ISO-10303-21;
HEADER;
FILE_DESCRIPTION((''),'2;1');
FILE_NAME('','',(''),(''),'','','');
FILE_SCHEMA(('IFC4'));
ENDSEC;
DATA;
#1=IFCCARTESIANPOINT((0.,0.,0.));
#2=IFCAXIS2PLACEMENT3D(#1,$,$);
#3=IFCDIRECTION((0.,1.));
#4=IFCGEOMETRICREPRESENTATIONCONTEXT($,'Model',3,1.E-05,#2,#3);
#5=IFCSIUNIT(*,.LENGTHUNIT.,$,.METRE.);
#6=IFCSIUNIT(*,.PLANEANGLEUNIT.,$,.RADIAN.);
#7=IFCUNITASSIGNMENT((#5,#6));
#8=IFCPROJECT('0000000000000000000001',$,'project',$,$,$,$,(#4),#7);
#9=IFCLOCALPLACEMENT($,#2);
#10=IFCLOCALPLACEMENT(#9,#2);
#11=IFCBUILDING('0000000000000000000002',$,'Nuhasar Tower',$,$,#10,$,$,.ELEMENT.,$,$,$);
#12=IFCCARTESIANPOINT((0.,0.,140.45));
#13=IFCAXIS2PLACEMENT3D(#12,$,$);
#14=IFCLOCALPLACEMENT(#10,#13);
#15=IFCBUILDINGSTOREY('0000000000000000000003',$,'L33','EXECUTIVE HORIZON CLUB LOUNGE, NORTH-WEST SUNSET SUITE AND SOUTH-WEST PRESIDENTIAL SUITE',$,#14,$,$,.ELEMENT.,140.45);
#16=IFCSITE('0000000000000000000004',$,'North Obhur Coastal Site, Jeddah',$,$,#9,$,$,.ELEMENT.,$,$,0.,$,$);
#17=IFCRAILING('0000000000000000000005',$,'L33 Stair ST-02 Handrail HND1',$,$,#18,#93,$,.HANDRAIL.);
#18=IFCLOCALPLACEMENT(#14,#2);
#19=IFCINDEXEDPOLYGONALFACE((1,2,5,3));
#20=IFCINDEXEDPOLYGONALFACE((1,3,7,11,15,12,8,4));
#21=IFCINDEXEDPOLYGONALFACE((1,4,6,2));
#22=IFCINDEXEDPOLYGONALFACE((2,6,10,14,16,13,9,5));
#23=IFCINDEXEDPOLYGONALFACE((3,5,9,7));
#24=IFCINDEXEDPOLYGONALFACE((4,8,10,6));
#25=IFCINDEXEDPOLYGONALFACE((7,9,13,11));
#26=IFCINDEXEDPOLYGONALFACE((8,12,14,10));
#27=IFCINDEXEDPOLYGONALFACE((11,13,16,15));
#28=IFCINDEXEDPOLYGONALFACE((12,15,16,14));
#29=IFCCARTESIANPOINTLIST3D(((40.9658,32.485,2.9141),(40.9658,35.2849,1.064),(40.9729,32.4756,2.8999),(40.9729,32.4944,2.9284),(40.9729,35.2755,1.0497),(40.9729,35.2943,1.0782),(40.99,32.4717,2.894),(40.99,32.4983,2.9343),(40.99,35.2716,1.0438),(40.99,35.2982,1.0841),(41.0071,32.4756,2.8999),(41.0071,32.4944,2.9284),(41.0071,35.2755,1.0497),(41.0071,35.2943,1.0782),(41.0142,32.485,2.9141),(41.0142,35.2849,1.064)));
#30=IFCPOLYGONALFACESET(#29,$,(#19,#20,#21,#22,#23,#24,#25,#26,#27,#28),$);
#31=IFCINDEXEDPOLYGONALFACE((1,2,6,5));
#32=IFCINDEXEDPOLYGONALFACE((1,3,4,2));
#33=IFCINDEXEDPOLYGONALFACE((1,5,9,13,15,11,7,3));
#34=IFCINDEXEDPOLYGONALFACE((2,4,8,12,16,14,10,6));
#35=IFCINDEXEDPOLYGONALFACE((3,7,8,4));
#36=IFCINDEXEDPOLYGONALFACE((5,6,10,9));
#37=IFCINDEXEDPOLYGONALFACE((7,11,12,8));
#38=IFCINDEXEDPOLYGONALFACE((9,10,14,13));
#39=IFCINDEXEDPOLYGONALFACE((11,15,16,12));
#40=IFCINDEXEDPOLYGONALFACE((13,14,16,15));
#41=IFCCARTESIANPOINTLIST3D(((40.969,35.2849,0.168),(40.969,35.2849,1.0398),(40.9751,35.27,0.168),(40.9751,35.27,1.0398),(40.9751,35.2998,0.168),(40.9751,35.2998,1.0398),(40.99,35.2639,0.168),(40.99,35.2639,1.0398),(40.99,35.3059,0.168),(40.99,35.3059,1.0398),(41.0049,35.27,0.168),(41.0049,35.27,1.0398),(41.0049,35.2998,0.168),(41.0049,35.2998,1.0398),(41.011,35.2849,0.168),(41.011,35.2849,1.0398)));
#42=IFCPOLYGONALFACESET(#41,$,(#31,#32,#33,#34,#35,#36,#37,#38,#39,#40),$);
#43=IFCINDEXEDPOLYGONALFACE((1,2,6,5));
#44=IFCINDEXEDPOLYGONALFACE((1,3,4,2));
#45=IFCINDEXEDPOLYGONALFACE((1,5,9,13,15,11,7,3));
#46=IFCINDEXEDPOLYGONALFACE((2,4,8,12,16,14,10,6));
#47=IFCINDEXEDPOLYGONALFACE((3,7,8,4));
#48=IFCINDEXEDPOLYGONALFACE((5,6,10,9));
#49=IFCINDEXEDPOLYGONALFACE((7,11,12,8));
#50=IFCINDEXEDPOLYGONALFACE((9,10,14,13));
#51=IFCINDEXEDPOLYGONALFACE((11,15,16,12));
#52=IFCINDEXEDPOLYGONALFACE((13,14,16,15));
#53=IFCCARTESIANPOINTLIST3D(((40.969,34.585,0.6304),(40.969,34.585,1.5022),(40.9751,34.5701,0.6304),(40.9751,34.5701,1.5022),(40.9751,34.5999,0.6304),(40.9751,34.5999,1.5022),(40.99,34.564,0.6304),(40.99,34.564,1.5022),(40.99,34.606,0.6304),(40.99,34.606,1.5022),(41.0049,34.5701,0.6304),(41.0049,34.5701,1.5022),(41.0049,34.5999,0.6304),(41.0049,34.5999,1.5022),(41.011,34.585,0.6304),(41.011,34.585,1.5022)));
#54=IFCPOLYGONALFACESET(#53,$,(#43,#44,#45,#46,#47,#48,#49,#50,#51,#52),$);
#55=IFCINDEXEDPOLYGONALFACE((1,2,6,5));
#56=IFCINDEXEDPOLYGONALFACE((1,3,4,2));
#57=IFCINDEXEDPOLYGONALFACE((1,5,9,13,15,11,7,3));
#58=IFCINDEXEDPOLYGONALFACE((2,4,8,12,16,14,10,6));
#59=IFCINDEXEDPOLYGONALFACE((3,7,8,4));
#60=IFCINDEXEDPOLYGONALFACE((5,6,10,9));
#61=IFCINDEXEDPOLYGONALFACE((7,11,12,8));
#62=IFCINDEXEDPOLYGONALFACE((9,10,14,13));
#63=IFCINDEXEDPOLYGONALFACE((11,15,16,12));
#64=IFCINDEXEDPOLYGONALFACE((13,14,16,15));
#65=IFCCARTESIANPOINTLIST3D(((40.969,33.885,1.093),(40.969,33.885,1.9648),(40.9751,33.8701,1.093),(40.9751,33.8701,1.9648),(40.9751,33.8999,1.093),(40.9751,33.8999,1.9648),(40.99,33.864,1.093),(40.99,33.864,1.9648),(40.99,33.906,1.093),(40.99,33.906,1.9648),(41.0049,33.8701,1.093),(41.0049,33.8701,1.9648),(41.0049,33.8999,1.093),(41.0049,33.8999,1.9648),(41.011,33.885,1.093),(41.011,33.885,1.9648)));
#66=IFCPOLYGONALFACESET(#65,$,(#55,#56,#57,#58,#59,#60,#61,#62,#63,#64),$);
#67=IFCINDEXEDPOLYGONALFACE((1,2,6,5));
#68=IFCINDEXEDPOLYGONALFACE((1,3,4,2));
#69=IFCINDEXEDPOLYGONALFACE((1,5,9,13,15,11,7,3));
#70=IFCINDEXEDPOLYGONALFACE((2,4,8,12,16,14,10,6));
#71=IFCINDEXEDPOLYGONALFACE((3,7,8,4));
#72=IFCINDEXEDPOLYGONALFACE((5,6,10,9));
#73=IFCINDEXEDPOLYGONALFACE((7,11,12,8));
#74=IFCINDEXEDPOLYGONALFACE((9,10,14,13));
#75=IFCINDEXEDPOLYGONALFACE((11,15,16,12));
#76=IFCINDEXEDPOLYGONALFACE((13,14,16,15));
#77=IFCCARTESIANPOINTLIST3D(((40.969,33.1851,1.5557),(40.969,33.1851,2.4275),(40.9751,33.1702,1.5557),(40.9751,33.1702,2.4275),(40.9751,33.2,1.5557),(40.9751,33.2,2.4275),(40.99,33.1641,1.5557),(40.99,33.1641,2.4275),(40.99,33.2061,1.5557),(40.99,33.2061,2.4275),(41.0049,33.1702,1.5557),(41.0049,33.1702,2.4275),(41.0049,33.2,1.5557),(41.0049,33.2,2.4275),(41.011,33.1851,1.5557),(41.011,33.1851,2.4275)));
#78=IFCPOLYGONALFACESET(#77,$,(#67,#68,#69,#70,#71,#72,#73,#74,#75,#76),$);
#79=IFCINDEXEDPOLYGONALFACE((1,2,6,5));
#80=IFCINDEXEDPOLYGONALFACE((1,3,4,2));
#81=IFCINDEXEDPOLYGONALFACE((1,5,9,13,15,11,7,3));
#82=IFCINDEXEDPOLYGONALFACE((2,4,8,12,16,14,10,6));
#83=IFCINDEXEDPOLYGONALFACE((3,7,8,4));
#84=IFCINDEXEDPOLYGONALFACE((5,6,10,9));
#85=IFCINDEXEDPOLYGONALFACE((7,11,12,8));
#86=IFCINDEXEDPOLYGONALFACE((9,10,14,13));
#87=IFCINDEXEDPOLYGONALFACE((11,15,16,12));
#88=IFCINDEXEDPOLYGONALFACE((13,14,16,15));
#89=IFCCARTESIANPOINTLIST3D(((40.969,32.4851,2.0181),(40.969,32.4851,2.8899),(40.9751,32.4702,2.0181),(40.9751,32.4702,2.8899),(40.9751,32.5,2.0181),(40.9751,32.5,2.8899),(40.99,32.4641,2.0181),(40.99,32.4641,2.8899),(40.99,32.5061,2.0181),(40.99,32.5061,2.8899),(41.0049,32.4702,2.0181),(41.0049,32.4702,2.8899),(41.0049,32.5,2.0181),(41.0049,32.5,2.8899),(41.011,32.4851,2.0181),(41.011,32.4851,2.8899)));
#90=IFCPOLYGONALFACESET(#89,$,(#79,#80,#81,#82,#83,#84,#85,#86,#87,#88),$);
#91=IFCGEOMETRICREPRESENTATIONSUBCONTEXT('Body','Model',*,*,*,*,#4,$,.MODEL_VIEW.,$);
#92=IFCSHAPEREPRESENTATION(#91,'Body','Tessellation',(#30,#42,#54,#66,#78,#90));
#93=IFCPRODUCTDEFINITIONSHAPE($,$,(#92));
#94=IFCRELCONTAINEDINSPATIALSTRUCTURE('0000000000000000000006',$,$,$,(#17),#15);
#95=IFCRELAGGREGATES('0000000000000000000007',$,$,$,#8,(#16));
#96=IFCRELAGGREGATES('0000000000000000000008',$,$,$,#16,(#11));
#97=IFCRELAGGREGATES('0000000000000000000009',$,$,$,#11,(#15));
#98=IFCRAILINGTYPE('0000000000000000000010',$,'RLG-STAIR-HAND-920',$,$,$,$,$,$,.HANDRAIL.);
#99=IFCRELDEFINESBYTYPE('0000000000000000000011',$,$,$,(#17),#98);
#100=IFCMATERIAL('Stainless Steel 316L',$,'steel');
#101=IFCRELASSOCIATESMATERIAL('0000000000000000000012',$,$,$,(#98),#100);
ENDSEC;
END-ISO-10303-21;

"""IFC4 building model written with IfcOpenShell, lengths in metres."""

from ifc_helpers import new_model, si_unit, direction, frame, origin, place, context, subcontext, project, spatial, polyline, outline, extrude, material, type_object, element, save


model = new_model("IFC4")

# Units and contexts
model_context = context("Model", 3, precision=1e-05, world=origin(), true_north=direction((0.0, 1.0)))
body_context = subcontext(model_context, "Body", "Model", "MODEL_VIEW")
ifc_project = project(units=[si_unit("LENGTHUNIT", "METRE"), si_unit("PLANEANGLEUNIT", "RADIAN")], contexts=[model_context])

# Site, building, storey
site_placement = place(None, origin())
site = spatial("IfcSite", under=ifc_project, at=site_placement, Name="North Obhur Coastal Site, Jeddah", CompositionType="ELEMENT", RefElevation=0.0)
building_placement = place(site_placement, origin())
building = spatial("IfcBuilding", under=site, at=building_placement, Name="Nuhasar Tower", CompositionType="ELEMENT")
storey_placement = place(building_placement, frame((0.0, 0.0, 140.45)))
storey = spatial("IfcBuildingStorey", under=building, at=storey_placement, Name="L33", Description="EXECUTIVE HORIZON CLUB LOUNGE, NORTH-WEST SUNSET SUITE AND SOUTH-WEST PRESIDENTIAL SUITE", CompositionType="ELEMENT", Elevation=140.45)

# Railing
ifc_material_1 = material(Name="Stainless Steel 316L", Category="steel")
railing_type_1 = type_object("IfcRailingType", Name="RLG-STAIR-HAND-920", PredefinedType="HANDRAIL", material=ifc_material_1)
railing_1_placement = place(storey_placement, frame((40.99, 35.2849, 0.168)))
element("IfcRailing", 1, at=railing_1_placement, inside=storey, type_object=railing_type_1, Name="L33 Stair ST-02 Handrail HND1", PredefinedType="HANDRAIL", context=body_context, shape_type="SweptSolid", body=[
    extrude(outline(polyline([(0.0242, 0.0), (0.0171, 0.0171), (0.0, 0.0242), (-0.0171, 0.0171), (-0.0242, 0.0), (-0.0171, -0.0171), (0.0, -0.0242), (0.0171, -0.0171), (0.0242, 0.0)])), frame((0.0, 0.0, 0.896), z_axis=(0.0, -0.834304, 0.551304), x_axis=(1.0, 0.0, 0.0)), (0.0, 0.0, 1.0), 3.356),
    extrude(outline(polyline([(0.021, 0.0), (0.0149, 0.0149), (0.0, 0.021), (-0.0149, 0.0149), (-0.021, 0.0), (-0.0149, -0.0149), (0.0, -0.021), (0.0149, -0.0149), (0.021, 0.0)])), origin(), (0.0, 0.0, 1.0), 0.8718),
    extrude(outline(polyline([(0.021, 0.0), (0.0149, 0.0149), (0.0, 0.021), (-0.0149, 0.0149), (-0.021, 0.0), (-0.0149, -0.0149), (0.0, -0.021), (0.0149, -0.0149), (0.021, 0.0)])), frame((0.0, -0.7, 0.4624)), (0.0, 0.0, 1.0), 0.8718),
    extrude(outline(polyline([(0.021, 0.0), (0.0149, 0.0149), (0.0, 0.021), (-0.0149, 0.0149), (-0.021, 0.0), (-0.0149, -0.0149), (0.0, -0.021), (0.0149, -0.0149), (0.021, 0.0)])), frame((0.0, -1.3999, 0.925)), (0.0, 0.0, 1.0), 0.8718),
    extrude(outline(polyline([(0.021, 0.0), (0.0149, 0.0149), (0.0, 0.021), (-0.0149, 0.0149), (-0.021, 0.0), (-0.0149, -0.0149), (0.0, -0.021), (0.0149, -0.0149), (0.021, 0.0)])), frame((0.0, -2.0999, 1.3877)), (0.0, 0.0, 1.0), 0.8718),
    extrude(outline(polyline([(0.021, 0.0), (0.0149, 0.0149), (0.0, 0.021), (-0.0149, 0.0149), (-0.021, 0.0), (-0.0149, -0.0149), (0.0, -0.021), (0.0149, -0.0149), (0.021, 0.0)])), frame((0.0, -2.7998, 1.8501)), (0.0, 0.0, 1.0), 0.8718),
])

save(model, "model.ifc")
